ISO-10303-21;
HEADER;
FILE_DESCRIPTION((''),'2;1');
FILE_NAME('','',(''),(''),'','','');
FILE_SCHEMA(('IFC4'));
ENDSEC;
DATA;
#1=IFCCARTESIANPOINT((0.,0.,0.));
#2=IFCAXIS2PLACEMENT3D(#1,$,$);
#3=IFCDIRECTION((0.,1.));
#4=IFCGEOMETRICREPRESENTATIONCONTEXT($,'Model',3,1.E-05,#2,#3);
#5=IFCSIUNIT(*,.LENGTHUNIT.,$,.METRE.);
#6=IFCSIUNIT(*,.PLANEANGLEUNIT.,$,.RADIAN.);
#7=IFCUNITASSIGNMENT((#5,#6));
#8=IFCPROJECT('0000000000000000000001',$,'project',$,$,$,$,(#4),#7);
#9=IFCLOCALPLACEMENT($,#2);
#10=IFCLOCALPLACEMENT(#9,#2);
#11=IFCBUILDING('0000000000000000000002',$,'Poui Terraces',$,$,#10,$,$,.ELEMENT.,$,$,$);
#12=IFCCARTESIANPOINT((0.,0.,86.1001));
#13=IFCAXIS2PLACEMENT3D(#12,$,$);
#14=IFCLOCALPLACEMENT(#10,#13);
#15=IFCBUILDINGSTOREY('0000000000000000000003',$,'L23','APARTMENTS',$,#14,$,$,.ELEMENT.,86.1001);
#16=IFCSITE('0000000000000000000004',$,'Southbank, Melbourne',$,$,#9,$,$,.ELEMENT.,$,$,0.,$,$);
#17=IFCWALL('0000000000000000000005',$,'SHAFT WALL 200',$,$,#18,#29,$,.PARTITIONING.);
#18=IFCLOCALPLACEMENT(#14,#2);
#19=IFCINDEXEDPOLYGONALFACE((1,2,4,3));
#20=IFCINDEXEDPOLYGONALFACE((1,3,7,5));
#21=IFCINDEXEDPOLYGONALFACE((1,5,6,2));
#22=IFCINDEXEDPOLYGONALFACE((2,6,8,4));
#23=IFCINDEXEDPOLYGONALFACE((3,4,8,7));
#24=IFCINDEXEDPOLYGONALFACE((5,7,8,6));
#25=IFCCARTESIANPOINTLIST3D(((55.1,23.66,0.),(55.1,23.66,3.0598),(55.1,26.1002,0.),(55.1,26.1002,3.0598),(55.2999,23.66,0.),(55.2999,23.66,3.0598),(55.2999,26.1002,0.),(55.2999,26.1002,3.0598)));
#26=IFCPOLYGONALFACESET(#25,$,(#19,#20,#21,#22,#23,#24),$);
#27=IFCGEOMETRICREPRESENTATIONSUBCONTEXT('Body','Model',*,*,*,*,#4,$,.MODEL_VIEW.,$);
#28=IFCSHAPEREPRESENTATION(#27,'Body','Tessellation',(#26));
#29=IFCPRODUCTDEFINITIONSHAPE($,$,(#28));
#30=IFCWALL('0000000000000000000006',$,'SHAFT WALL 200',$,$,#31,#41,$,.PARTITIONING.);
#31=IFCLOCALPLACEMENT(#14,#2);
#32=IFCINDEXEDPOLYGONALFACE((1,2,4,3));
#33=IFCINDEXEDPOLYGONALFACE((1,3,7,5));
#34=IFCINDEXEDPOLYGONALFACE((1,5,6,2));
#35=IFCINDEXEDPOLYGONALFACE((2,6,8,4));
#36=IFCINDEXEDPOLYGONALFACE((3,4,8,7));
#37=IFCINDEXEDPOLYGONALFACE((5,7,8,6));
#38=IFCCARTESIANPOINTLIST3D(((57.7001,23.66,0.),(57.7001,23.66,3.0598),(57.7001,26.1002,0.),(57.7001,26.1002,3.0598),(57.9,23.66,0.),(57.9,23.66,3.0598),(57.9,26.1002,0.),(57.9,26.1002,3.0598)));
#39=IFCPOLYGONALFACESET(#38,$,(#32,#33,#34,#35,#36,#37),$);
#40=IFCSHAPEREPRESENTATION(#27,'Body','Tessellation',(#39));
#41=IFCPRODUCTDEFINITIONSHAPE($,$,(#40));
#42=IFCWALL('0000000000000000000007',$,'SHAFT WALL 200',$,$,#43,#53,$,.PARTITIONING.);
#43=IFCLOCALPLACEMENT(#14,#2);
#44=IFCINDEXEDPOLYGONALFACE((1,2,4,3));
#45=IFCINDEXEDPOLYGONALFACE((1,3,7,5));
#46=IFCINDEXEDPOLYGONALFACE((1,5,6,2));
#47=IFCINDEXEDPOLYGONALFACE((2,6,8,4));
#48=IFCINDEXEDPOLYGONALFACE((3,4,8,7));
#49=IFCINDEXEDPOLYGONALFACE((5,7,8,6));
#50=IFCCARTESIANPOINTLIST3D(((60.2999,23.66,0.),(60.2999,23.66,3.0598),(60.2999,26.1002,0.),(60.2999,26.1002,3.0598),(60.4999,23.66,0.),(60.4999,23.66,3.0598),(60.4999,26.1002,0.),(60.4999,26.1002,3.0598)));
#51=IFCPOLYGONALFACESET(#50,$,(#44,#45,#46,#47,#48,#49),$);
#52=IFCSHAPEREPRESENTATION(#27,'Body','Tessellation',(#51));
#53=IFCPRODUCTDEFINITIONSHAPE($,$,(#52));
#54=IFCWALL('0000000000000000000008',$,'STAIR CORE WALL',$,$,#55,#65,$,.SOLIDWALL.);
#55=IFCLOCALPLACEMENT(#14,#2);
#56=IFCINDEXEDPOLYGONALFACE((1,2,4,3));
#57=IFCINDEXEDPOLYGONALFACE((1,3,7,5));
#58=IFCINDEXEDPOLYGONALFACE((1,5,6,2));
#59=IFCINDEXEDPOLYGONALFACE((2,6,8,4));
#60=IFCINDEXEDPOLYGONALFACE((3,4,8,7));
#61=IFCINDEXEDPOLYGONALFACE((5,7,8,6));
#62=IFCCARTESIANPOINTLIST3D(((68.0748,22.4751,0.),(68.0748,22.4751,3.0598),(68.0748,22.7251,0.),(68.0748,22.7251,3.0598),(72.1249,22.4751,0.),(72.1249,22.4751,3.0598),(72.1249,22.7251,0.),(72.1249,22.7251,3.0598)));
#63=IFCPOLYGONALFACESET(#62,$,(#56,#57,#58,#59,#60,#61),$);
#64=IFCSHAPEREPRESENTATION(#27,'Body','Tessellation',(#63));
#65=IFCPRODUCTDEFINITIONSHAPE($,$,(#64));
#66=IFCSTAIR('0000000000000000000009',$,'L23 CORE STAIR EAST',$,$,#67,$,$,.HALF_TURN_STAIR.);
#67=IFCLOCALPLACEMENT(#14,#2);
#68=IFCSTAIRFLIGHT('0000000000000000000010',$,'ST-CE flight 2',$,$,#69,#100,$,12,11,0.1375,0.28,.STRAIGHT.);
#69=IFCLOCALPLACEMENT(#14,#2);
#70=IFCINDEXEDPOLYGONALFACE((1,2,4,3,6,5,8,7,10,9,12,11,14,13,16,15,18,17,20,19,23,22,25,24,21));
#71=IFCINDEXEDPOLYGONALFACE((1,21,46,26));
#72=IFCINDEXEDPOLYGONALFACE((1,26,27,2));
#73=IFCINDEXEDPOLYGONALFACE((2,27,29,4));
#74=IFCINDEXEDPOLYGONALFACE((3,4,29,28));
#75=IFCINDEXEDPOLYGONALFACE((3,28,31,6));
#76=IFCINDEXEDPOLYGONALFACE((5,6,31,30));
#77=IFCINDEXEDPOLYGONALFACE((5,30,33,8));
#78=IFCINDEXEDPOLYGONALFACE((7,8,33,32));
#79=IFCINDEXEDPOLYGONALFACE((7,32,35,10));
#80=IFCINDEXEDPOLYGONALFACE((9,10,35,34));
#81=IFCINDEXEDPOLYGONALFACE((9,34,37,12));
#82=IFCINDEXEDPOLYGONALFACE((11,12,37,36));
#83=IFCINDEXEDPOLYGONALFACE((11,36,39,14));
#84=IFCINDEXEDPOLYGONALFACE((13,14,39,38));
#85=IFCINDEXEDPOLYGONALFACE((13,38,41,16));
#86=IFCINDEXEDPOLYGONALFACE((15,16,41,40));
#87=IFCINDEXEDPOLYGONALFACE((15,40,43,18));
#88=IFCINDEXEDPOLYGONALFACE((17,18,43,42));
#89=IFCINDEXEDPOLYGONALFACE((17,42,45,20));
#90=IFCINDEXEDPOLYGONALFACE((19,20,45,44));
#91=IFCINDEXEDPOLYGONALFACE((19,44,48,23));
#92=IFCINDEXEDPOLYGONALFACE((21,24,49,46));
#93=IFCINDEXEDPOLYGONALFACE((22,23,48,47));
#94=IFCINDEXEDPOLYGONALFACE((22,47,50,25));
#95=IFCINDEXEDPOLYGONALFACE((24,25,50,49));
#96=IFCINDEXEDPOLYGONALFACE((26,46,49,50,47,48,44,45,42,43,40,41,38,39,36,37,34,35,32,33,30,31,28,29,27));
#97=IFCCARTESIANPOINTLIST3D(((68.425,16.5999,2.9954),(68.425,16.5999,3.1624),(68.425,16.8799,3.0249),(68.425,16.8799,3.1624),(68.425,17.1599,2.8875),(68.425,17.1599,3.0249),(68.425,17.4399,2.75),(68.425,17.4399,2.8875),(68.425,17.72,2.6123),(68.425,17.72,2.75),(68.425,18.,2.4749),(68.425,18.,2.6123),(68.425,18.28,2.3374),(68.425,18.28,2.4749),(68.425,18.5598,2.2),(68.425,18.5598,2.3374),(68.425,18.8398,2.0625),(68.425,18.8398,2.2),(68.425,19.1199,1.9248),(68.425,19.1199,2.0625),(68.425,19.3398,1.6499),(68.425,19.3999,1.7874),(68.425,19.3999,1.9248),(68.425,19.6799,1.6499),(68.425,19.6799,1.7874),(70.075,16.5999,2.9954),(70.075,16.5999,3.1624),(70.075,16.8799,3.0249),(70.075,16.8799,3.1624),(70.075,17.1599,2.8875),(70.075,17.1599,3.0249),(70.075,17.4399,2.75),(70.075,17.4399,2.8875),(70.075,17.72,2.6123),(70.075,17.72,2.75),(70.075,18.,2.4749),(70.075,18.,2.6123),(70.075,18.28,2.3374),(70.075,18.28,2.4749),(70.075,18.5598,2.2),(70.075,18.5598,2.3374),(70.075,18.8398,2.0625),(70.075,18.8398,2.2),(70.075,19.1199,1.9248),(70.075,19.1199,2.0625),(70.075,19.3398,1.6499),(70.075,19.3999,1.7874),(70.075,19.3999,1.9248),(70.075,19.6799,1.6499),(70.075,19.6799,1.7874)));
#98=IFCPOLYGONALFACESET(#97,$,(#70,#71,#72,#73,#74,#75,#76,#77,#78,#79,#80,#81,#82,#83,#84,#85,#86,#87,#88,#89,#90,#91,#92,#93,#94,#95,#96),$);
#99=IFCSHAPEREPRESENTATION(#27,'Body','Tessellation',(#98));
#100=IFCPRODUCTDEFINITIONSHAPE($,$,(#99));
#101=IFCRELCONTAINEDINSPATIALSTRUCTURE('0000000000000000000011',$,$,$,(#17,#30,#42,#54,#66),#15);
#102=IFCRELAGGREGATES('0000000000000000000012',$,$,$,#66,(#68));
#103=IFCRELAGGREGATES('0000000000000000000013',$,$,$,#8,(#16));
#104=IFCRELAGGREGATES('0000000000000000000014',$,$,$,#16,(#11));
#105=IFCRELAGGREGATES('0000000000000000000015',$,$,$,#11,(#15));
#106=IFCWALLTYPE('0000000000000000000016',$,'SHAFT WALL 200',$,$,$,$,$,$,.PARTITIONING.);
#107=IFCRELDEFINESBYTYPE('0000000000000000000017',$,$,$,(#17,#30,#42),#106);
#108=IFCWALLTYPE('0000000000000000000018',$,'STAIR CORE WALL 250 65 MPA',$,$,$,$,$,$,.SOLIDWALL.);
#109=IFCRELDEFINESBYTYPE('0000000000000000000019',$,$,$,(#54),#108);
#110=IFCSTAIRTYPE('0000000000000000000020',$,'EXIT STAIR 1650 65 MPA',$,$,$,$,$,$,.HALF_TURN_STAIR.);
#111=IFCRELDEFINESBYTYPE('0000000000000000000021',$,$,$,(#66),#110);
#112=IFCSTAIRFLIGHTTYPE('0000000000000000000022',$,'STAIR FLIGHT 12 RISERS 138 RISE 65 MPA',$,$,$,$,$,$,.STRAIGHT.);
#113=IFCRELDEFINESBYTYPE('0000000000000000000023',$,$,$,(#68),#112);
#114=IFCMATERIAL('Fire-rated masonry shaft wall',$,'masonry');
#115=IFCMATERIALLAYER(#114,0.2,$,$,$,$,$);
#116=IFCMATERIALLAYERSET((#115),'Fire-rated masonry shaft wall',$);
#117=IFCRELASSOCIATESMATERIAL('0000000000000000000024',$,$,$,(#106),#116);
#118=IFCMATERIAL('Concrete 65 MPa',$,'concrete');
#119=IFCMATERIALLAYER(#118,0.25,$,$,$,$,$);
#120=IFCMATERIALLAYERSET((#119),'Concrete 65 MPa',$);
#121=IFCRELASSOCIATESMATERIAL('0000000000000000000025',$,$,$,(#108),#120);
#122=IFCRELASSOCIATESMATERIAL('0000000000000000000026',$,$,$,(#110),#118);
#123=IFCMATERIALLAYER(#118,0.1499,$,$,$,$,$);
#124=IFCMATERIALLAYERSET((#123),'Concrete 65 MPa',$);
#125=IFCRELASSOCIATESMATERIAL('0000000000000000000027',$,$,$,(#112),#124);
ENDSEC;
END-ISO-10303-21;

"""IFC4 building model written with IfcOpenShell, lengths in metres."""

from ifc_helpers import new_model, si_unit, direction, frame, frame_2d, origin, place, context, subcontext, project, spatial, polyline, rectangle, outline, extrude, material, layer, layer_set, type_object, element, aggregate, save


model = new_model("IFC4")

# Units and contexts
model_context = context("Model", 3, precision=1e-05, world=origin(), true_north=direction((0.0, 1.0)))
body_context = subcontext(model_context, "Body", "Model", "MODEL_VIEW")
ifc_project = project(units=[si_unit("LENGTHUNIT", "METRE"), si_unit("PLANEANGLEUNIT", "RADIAN")], contexts=[model_context])

# Site, building, storey
site_placement = place(None, origin())
site = spatial("IfcSite", under=ifc_project, at=site_placement, Name="Southbank, Melbourne", CompositionType="ELEMENT", RefElevation=0.0)
building_placement = place(site_placement, origin())
building = spatial("IfcBuilding", under=site, at=building_placement, Name="Poui Terraces", CompositionType="ELEMENT")
storey_placement = place(building_placement, frame((0.0, 0.0, 86.1001)))
storey = spatial("IfcBuildingStorey", under=building, at=storey_placement, Name="L23", Description="APARTMENTS", CompositionType="ELEMENT", Elevation=86.1001)

# Shared definitions
ifc_material_1 = material(Name="Concrete 65 MPa", Category="concrete")

# Walls
ifc_material_2 = material(Name="Fire-rated masonry shaft wall", Category="masonry")
ifc_layer_1 = layer(ifc_material_2, 0.2)
ifc_layer_set_1 = layer_set([ifc_layer_1], Name="Fire-rated masonry shaft wall")
wall_type_1 = type_object("IfcWallType", Name="SHAFT WALL 200", PredefinedType="PARTITIONING", material=ifc_layer_set_1)
for number, where, z_axis, x_axis, name in (
    (1, (55.2, 23.6599, 0.0), (0.0, 0.0, 1.0), (0.0, 1.0, 0.0), "SHAFT WALL 200"),
    (2, (57.8, 23.6599, 0.0), (0.0, 0.0, 1.0), (0.0, 1.0, 0.0), "SHAFT WALL 200"),
    (3, (60.3999, 23.6599, 0.0), (0.0, 0.0, 1.0), (0.0, 1.0, 0.0), "SHAFT WALL 200"),
):
    element("IfcWall", number, at=place(storey_placement, frame(where, z_axis=z_axis, x_axis=x_axis)), inside=storey, type_object=wall_type_1, Name=name, PredefinedType="PARTITIONING", context=body_context, shape_type="SweptSolid", body=[
        extrude(rectangle(XDim=2.4402, YDim=0.2, at=frame_2d((1.2202, 0.0))), origin(), (0.0, 0.0, 1.0), 3.0598),
    ])
ifc_layer_2 = layer(ifc_material_1, 0.25)
ifc_layer_set_2 = layer_set([ifc_layer_2], Name="Concrete 65 MPa")
wall_type_2 = type_object("IfcWallType", Name="STAIR CORE WALL 250 65 MPA", PredefinedType="SOLIDWALL", material=ifc_layer_set_2)
wall_1_placement = place(storey_placement, frame((68.075, 22.6001, 0.0), z_axis=(0.0, 0.0, 1.0), x_axis=(1.0, 0.0, 0.0)))
element("IfcWall", 4, at=wall_1_placement, inside=storey, type_object=wall_type_2, Name="STAIR CORE WALL", PredefinedType="SOLIDWALL", context=body_context, shape_type="SweptSolid", body=[
    extrude(rectangle(XDim=4.05, YDim=0.25, at=frame_2d((2.0249, 0.0))), origin(), (0.0, 0.0, 1.0), 3.0598),
])

# Stair, stair flight
stair_type = type_object("IfcStairType", Name="EXIT STAIR 1650 65 MPA", PredefinedType="HALF_TURN_STAIR", material=ifc_material_1)
stair_placement = place(storey_placement, origin())
stair = element("IfcStair", 5, at=stair_placement, inside=storey, type_object=stair_type, Name="L23 CORE STAIR EAST", PredefinedType="HALF_TURN_STAIR")
ifc_layer_3 = layer(ifc_material_1, 0.1499)
ifc_layer_set_3 = layer_set([ifc_layer_3], Name="Concrete 65 MPa")
stair_flight_type = type_object("IfcStairFlightType", Name="STAIR FLIGHT 12 RISERS 138 RISE 65 MPA", PredefinedType="STRAIGHT", material=ifc_layer_set_3)
stair_flight_placement = place(storey_placement, frame((69.25, 19.6799, 1.6499), z_axis=(0.0, 0.0, 1.0), x_axis=(0.0, -1.0, 0.0)))
stair_flight = element("IfcStairFlight", 6, at=stair_flight_placement, type_object=stair_flight_type, Name="ST-CE flight 2", NumberOfRisers=12, NumberOfTreads=11, PredefinedType="STRAIGHT", RiserHeight=0.1375, TreadLength=0.28, context=body_context, shape_type="SweptSolid", body=[
    extrude(outline(polyline([(0.0, 0.0), (0.0, 0.1375), (0.28, 0.1375), (0.28, 0.2749), (0.5601, 0.2749), (0.5601, 0.4126), (0.8401, 0.4126), (0.8401, 0.55), (1.1201, 0.55), (1.1201, 0.6875), (1.3999, 0.6875), (1.3999, 0.825), (1.6799, 0.825), (1.6799, 0.9624), (1.96, 0.9624), (1.96, 1.1001), (2.24, 1.1001), (2.24, 1.2375), (2.52, 1.2375), (2.52, 1.375), (2.8, 1.375), (2.8, 1.5125), (3.0801, 1.5125), (3.0801, 1.6499), (3.0801, 1.3455), (0.3401, 0.0), (0.0, 0.0)])), frame((0.0, 0.825, 0.0), z_axis=(0.0, -1.0, 0.0), x_axis=(1.0, 0.0, 0.0)), (0.0, 0.0, 1.0), 1.6499),
])
aggregate(stair, [stair_flight])

save(model, "model.ifc")
